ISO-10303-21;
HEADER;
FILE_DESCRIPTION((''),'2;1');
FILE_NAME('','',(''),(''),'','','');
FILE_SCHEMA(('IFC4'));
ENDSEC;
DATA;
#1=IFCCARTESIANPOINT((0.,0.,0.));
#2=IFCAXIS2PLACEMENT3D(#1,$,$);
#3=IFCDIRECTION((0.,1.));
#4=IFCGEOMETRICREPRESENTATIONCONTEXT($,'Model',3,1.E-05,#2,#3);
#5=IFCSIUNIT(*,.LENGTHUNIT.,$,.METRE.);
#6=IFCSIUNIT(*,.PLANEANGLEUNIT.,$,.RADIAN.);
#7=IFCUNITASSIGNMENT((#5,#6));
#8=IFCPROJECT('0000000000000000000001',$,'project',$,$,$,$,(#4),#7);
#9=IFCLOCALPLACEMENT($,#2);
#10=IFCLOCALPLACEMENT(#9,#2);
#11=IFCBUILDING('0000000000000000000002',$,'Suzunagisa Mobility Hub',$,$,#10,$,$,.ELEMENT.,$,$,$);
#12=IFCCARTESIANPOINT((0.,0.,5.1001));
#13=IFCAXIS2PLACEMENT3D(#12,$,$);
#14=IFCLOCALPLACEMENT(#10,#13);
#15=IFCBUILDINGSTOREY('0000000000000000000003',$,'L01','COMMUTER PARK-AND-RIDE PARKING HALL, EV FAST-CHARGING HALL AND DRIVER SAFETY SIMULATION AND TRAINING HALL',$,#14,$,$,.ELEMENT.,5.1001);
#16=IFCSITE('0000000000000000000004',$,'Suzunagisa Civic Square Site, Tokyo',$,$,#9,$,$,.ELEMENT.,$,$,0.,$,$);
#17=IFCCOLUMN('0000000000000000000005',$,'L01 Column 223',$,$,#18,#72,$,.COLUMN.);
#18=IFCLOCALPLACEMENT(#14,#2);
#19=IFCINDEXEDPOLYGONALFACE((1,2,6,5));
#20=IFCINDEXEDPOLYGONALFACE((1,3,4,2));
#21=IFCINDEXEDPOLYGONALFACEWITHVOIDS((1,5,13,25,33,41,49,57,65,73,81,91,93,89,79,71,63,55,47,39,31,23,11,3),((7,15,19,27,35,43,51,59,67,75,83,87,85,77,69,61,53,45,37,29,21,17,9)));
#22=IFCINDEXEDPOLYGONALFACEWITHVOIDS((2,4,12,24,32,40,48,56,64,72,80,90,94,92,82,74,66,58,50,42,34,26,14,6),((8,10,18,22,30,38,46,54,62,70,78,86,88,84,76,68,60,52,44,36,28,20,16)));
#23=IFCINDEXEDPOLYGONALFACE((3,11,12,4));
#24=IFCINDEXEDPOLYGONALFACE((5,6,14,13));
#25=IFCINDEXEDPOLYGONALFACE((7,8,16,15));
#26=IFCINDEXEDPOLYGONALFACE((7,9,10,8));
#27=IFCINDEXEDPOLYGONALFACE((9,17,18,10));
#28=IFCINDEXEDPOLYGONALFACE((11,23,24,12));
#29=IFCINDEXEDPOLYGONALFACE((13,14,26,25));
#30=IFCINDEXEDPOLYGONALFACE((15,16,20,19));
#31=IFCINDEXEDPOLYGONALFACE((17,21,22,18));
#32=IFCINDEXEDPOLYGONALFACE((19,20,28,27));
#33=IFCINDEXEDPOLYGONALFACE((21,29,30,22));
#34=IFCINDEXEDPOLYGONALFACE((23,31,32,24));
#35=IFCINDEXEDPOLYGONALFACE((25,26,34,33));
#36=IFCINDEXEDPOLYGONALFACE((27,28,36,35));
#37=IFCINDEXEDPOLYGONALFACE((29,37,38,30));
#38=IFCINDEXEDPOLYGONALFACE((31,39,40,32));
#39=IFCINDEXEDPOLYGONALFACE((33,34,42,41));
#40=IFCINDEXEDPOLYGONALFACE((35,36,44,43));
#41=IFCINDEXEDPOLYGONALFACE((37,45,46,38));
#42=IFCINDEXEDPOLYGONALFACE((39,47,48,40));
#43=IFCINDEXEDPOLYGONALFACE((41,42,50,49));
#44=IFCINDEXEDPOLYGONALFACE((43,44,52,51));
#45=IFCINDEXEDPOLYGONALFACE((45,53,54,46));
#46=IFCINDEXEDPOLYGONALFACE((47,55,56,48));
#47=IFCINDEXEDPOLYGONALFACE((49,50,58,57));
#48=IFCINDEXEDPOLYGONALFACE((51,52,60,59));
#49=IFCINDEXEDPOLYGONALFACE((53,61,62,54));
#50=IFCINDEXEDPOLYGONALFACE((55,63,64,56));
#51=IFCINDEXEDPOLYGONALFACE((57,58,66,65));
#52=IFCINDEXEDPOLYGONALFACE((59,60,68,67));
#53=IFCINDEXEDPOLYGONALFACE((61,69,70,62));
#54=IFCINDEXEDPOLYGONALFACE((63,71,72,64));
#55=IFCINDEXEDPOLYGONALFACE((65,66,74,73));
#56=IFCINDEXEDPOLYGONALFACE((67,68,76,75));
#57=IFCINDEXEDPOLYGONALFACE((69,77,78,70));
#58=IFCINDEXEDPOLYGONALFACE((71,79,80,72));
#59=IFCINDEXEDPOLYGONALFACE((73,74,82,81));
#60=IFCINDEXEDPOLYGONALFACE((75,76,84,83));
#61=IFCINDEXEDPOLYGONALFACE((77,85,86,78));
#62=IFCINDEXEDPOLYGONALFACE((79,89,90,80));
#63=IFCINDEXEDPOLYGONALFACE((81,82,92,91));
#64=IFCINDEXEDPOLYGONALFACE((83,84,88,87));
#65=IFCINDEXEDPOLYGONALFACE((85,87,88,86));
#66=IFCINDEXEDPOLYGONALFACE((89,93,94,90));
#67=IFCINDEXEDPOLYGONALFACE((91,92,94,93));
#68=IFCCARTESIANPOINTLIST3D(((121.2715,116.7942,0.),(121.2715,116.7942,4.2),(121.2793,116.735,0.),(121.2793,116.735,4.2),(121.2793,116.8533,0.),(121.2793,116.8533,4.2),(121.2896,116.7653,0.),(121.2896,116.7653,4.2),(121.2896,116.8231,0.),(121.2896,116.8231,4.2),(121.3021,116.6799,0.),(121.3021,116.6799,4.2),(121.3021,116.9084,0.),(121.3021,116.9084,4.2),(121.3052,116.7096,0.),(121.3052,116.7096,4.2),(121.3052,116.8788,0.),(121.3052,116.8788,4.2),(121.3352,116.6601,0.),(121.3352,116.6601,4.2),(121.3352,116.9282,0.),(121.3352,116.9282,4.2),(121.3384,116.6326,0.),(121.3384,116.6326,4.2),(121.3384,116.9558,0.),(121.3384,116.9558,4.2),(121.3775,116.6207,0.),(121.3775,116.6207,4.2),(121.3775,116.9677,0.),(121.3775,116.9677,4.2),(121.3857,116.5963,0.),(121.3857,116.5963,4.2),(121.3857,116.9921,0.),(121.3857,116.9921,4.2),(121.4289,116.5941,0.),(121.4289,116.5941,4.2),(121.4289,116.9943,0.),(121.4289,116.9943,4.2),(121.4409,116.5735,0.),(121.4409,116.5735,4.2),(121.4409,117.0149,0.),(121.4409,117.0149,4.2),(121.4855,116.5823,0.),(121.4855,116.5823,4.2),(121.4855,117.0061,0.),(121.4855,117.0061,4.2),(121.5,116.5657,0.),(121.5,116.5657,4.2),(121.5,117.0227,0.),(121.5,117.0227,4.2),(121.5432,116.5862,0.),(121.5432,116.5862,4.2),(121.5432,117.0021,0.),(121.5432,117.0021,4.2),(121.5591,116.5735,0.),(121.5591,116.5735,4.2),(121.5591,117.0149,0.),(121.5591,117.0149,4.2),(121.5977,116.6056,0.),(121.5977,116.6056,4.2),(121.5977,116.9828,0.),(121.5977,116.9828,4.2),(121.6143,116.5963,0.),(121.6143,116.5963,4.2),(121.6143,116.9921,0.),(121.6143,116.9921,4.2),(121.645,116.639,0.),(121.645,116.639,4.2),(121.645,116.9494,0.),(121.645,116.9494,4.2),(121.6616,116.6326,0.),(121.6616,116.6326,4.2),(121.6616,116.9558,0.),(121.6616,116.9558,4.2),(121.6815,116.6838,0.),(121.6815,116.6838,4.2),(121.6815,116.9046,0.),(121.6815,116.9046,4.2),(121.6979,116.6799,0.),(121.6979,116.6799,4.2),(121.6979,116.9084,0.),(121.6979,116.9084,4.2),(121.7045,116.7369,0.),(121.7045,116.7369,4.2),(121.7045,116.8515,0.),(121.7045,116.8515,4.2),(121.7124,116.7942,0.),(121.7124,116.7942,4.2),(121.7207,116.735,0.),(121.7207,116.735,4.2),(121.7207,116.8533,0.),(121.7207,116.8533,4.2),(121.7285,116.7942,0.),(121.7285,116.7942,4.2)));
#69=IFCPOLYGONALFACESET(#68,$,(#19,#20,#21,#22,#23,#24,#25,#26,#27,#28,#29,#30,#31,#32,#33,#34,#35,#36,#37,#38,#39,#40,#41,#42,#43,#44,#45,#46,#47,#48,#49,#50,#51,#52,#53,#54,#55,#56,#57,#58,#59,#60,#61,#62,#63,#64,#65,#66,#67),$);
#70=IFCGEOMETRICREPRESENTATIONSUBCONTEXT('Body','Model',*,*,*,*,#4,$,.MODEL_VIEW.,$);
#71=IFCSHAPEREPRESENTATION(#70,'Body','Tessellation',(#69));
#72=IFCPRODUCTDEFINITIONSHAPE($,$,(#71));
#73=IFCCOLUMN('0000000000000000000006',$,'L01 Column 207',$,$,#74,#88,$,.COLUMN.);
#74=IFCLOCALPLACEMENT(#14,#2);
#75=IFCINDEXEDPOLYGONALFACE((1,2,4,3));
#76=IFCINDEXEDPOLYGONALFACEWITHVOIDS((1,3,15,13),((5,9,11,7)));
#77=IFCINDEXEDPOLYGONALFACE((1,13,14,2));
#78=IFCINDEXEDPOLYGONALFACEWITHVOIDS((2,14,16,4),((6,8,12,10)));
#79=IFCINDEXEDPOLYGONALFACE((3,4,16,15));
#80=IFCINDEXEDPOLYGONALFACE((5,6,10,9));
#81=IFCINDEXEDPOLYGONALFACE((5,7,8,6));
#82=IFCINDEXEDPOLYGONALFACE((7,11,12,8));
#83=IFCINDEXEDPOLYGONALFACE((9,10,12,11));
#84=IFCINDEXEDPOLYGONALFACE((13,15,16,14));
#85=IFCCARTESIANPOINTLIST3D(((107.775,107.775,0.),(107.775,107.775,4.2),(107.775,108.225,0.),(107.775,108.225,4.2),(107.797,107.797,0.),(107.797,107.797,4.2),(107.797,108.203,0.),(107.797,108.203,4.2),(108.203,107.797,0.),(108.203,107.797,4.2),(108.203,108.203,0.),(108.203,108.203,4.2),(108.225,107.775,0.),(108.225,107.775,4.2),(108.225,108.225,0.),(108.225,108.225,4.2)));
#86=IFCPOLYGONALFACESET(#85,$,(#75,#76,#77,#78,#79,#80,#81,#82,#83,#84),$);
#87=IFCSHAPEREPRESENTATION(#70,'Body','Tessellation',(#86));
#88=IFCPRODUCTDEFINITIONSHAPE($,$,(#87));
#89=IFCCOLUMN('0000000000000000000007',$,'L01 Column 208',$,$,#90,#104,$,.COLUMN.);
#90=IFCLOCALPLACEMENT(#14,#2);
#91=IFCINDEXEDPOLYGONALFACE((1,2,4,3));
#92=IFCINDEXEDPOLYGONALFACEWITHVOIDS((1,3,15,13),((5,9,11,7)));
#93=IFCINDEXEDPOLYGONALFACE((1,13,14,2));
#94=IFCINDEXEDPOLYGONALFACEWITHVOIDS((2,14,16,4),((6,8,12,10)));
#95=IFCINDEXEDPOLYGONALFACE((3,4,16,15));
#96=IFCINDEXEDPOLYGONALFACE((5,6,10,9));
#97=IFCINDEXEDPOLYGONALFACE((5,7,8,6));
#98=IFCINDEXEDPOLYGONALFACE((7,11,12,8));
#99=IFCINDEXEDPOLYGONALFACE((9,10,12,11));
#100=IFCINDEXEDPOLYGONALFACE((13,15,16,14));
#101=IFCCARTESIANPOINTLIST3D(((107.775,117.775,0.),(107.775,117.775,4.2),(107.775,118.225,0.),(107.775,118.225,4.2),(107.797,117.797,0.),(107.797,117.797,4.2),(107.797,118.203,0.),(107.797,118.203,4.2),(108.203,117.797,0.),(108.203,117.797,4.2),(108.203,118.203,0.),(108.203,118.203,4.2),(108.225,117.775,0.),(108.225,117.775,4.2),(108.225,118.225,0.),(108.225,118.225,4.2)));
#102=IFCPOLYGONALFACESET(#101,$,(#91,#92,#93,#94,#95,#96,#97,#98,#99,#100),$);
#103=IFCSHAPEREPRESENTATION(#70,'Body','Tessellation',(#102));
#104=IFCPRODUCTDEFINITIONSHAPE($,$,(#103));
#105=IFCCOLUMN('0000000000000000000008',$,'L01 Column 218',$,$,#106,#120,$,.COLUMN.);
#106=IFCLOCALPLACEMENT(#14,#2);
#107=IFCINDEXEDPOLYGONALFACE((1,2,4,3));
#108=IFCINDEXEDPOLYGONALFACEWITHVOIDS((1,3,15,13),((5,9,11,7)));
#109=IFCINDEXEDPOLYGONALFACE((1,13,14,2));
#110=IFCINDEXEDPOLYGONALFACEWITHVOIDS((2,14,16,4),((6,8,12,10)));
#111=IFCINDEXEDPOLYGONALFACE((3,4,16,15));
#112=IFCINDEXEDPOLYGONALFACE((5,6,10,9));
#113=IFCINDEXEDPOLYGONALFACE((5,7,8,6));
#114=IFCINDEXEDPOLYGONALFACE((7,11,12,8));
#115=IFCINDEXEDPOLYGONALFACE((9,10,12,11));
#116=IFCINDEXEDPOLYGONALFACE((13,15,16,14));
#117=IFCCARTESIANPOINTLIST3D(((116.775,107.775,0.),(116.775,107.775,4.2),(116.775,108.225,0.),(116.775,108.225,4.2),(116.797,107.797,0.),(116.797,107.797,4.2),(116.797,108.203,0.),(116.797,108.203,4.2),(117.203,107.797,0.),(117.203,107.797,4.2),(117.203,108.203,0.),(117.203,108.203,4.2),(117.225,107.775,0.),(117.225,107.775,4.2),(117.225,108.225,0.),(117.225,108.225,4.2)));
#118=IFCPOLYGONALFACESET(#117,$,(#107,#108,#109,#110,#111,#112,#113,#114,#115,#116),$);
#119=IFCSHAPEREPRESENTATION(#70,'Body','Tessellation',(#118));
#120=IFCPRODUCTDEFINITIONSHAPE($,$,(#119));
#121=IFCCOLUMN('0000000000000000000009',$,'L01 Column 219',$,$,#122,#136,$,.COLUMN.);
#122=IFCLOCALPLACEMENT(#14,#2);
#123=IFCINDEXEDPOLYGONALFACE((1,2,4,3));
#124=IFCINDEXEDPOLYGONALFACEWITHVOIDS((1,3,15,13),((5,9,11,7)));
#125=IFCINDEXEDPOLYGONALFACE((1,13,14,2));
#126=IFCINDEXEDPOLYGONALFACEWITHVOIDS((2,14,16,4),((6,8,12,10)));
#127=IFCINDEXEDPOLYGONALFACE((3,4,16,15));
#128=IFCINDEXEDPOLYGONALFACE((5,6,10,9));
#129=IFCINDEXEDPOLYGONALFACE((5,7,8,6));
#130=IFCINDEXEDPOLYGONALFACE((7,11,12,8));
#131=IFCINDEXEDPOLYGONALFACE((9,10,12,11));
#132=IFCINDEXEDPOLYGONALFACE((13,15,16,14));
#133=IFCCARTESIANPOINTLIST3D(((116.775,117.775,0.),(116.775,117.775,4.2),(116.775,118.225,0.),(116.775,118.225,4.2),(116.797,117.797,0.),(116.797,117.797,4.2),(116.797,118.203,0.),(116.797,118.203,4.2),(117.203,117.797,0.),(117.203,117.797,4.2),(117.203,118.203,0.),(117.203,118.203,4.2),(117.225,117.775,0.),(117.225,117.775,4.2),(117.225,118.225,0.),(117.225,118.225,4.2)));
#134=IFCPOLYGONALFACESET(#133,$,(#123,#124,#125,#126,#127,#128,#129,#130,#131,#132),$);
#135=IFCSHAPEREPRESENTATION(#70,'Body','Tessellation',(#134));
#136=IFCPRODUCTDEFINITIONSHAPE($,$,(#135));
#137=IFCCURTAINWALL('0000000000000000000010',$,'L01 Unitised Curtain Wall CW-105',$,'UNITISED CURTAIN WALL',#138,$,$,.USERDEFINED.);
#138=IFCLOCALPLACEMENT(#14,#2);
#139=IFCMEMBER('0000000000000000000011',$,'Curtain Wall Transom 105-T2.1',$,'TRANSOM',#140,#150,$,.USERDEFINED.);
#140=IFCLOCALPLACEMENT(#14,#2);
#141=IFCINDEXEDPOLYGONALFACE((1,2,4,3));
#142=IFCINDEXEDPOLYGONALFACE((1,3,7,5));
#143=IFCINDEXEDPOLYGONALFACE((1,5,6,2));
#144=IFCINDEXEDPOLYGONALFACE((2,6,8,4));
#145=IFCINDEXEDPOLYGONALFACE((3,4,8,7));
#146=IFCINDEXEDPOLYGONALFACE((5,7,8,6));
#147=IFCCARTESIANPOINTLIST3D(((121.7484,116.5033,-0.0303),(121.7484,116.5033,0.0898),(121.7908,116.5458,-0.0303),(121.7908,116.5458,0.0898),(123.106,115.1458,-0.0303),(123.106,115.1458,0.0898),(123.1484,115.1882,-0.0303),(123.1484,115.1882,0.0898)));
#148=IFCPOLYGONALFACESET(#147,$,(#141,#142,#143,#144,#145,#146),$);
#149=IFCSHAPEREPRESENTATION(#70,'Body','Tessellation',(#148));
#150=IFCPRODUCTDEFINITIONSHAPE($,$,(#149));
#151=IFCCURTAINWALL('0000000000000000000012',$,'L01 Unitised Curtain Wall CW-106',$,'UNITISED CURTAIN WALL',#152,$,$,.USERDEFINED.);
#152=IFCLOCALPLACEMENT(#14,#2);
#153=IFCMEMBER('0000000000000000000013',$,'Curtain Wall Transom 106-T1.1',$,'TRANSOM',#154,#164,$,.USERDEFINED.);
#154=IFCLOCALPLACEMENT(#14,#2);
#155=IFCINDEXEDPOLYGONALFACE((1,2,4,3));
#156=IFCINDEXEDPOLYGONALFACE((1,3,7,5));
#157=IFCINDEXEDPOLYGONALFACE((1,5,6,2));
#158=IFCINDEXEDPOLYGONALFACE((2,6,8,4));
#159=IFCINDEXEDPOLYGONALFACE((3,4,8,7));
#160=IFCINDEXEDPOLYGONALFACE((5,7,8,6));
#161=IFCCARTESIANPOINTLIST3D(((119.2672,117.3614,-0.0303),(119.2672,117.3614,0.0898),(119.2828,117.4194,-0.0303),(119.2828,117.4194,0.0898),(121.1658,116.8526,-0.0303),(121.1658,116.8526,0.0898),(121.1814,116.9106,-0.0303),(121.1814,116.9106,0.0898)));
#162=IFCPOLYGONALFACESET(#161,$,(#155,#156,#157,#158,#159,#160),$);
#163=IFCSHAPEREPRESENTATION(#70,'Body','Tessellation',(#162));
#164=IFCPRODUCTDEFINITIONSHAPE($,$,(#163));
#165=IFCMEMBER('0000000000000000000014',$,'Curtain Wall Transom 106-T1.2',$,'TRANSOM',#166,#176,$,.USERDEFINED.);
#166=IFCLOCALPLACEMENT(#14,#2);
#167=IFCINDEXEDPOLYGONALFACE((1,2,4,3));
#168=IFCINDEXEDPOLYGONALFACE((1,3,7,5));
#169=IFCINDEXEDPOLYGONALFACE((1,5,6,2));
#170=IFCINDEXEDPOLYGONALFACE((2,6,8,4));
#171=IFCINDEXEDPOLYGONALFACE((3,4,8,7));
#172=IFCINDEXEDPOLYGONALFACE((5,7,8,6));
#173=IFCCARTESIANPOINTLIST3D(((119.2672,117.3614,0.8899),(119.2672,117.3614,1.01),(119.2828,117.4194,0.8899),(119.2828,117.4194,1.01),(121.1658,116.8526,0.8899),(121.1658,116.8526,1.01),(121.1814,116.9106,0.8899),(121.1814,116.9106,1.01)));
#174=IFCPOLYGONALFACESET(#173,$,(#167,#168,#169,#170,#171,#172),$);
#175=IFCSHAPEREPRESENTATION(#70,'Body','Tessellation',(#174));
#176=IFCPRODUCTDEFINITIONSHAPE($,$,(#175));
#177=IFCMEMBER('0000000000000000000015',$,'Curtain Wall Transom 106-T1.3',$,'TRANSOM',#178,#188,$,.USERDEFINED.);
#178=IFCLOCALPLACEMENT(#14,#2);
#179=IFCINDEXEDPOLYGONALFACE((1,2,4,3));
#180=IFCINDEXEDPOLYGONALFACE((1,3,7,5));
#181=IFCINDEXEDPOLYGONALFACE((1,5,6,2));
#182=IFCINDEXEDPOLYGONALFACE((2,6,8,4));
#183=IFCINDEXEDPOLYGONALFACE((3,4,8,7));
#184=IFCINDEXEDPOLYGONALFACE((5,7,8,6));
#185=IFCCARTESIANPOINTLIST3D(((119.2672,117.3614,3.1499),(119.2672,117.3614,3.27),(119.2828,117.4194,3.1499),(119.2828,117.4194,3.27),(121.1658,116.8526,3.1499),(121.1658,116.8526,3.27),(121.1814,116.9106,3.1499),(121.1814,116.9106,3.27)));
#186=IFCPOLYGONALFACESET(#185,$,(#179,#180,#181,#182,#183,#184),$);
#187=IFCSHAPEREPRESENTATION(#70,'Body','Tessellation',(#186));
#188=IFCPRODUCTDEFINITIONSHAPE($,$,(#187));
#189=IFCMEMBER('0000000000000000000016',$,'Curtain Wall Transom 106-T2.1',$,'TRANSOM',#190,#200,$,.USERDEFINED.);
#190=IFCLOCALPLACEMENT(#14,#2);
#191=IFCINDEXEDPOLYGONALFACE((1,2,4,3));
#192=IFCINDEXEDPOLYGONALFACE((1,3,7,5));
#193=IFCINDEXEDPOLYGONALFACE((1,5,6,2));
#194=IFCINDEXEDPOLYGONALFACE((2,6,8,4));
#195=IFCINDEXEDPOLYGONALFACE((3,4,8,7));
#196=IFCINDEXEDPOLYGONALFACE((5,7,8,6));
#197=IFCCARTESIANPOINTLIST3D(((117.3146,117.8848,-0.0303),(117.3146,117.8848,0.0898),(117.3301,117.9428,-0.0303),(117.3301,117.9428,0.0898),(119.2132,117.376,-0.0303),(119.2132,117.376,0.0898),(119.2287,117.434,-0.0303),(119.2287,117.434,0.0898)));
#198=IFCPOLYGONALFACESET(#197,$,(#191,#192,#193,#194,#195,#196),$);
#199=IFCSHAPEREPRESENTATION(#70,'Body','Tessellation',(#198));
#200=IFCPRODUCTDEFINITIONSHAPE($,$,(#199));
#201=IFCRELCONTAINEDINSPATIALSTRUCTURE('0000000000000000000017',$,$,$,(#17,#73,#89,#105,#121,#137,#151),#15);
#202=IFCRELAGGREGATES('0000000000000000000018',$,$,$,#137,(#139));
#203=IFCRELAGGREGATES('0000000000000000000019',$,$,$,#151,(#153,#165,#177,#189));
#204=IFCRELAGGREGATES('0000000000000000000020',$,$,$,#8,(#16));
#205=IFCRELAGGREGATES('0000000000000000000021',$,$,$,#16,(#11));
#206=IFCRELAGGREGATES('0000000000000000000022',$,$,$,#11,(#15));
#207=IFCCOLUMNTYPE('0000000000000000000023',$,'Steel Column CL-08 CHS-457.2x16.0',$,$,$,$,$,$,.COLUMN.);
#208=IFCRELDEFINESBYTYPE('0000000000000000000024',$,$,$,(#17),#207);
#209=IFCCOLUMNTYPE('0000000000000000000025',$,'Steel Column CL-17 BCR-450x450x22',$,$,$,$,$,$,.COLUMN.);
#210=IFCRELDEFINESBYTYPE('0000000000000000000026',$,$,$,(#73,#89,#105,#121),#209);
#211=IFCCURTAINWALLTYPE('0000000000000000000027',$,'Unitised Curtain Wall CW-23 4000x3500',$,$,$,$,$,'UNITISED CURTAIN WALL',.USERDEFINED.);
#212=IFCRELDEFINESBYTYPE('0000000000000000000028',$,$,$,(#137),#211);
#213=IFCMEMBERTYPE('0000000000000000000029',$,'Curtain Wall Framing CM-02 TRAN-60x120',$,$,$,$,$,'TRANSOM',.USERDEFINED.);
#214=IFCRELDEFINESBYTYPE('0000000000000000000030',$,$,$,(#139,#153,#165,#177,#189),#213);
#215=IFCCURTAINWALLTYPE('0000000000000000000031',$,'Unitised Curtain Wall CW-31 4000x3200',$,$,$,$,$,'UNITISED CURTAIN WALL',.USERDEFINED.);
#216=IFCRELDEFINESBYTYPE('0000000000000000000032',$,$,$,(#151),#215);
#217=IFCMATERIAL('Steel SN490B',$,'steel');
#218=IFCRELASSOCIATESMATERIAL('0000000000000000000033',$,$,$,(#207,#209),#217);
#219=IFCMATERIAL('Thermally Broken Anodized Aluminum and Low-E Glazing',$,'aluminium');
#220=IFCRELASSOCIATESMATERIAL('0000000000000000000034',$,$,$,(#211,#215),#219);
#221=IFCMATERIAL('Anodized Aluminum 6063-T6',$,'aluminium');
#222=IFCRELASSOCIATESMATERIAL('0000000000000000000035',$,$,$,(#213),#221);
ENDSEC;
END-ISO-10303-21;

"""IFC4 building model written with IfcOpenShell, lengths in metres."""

from ifc_helpers import new_model, si_unit, direction, frame, origin, origin_2d, place, context, subcontext, project, spatial, rectangle, hollow_rectangle, hollow_circle, extrude, material, material_profile, profile_set, type_object, element, aggregate, save


model = new_model("IFC4")

# Units and contexts
model_context = context("Model", 3, precision=1e-05, world=origin(), true_north=direction((0.0, 1.0)))
body_context = subcontext(model_context, "Body", "Model", "MODEL_VIEW")
ifc_project = project(units=[si_unit("LENGTHUNIT", "METRE"), si_unit("PLANEANGLEUNIT", "RADIAN")], contexts=[model_context])

# Site, building, storey
site_placement = place(None, origin())
site = spatial("IfcSite", under=ifc_project, at=site_placement, Name="Suzunagisa Civic Square Site, Tokyo", CompositionType="ELEMENT", RefElevation=0.0)
building_placement = place(site_placement, origin())
building = spatial("IfcBuilding", under=site, at=building_placement, Name="Suzunagisa Mobility Hub", CompositionType="ELEMENT")
storey_placement = place(building_placement, frame((0.0, 0.0, 5.1001)))
storey = spatial("IfcBuildingStorey", under=building, at=storey_placement, Name="L01", Description="COMMUTER PARK-AND-RIDE PARKING HALL, EV FAST-CHARGING HALL AND DRIVER SAFETY SIMULATION AND TRAINING HALL", CompositionType="ELEMENT", Elevation=5.1001)

# Columns
ifc_material_1 = material(Name="Steel SN490B", Category="steel")
ifc_material_profile_1 = material_profile(ifc_material_1, hollow_circle(Radius=0.2285, WallThickness=0.0161, at=origin_2d()), Name="CHS-457.2x16.0")
ifc_profile_set_1 = profile_set([ifc_material_profile_1], Name="Steel SN490B")
column_type_1 = type_object("IfcColumnType", Name="Steel Column CL-08 CHS-457.2x16.0", PredefinedType="COLUMN", material=ifc_profile_set_1)
column_placement = place(storey_placement, frame((121.5, 116.7942, 0.0), z_axis=(0.0, 0.0, 1.0), x_axis=(1.0, 0.0, 0.0)))
element("IfcColumn", 1, at=column_placement, inside=storey, type_object=column_type_1, Name="L01 Column 223", PredefinedType="COLUMN", context=body_context, shape_type="SweptSolid", body=[
    extrude(hollow_circle(Radius=0.2285, WallThickness=0.0161, at=origin_2d()), origin(), (0.0, 0.0, 1.0), 4.2),
])
ifc_material_profile_2 = material_profile(ifc_material_1, hollow_rectangle(XDim=0.45, YDim=0.45, WallThickness=0.022, at=origin_2d()), Name="BCR-450x450x22")
ifc_profile_set_2 = profile_set([ifc_material_profile_2], Name="Steel SN490B")
column_type_2 = type_object("IfcColumnType", Name="Steel Column CL-17 BCR-450x450x22", PredefinedType="COLUMN", material=ifc_profile_set_2)
for number, where, z_axis, x_axis, name in (
    (2, (108.0, 108.0, 0.0), (0.0, 0.0, 1.0), (1.0, 0.0, 0.0), "L01 Column 207"),
    (3, (108.0, 118.0, 0.0), (0.0, 0.0, 1.0), (1.0, 0.0, 0.0), "L01 Column 208"),
    (4, (117.0, 108.0, 0.0), (0.0, 0.0, 1.0), (1.0, 0.0, 0.0), "L01 Column 218"),
    (5, (117.0, 118.0, 0.0), (0.0, 0.0, 1.0), (1.0, 0.0, 0.0), "L01 Column 219"),
):
    element("IfcColumn", number, at=place(storey_placement, frame(where, z_axis=z_axis, x_axis=x_axis)), inside=storey, type_object=column_type_2, Name=name, PredefinedType="COLUMN", context=body_context, shape_type="SweptSolid", body=[
        extrude(hollow_rectangle(XDim=0.45, YDim=0.45, WallThickness=0.022, at=origin_2d()), origin(), (0.0, 0.0, 1.0), 4.2),
    ])

# Curtain wall, member
ifc_material_2 = material(Name="Thermally Broken Anodized Aluminum and Low-E Glazing", Category="aluminium")
curtain_wall_type_1 = type_object("IfcCurtainWallType", Name="Unitised Curtain Wall CW-23 4000x3500", ElementType="UNITISED CURTAIN WALL", PredefinedType="USERDEFINED", material=ifc_material_2)
curtain_wall_1_placement = place(storey_placement, origin())
curtain_wall_1 = element("IfcCurtainWall", 6, at=curtain_wall_1_placement, inside=storey, type_object=curtain_wall_type_1, Name="L01 Unitised Curtain Wall CW-105", ObjectType="UNITISED CURTAIN WALL", PredefinedType="USERDEFINED")
ifc_material_3 = material(Name="Anodized Aluminum 6063-T6", Category="aluminium")
ifc_material_profile_3 = material_profile(ifc_material_3, rectangle(XDim=0.0601, YDim=0.1201, at=origin_2d()), Name="TRAN-60x120")
ifc_profile_set_3 = profile_set([ifc_material_profile_3], Name="Anodized Aluminum 6063-T6")
member_type_1 = type_object("IfcMemberType", Name="Curtain Wall Framing CM-02 TRAN-60x120", ElementType="TRANSOM", PredefinedType="USERDEFINED", material=ifc_profile_set_3)
member_1_placement = place(storey_placement, frame((123.1272, 115.167, 0.0298), z_axis=(-0.707107, 0.707107, 0.0), x_axis=(-0.707107, -0.707107, 0.0)))
member_1 = element("IfcMember", 7, at=member_1_placement, type_object=member_type_1, Name="Curtain Wall Transom 105-T2.1", ObjectType="TRANSOM", PredefinedType="USERDEFINED", context=body_context, shape_type="SweptSolid", body=[
    extrude(rectangle(XDim=0.0601, YDim=0.1201, at=origin_2d()), origin(), (0.0, 0.0, 1.0), 1.9199),
])

# Curtain wall, members
curtain_wall_type_2 = type_object("IfcCurtainWallType", Name="Unitised Curtain Wall CW-31 4000x3200", ElementType="UNITISED CURTAIN WALL", PredefinedType="USERDEFINED", material=ifc_material_2)
curtain_wall_2_placement = place(storey_placement, origin())
curtain_wall_2 = element("IfcCurtainWall", 8, at=curtain_wall_2_placement, inside=storey, type_object=curtain_wall_type_2, Name="L01 Unitised Curtain Wall CW-106", ObjectType="UNITISED CURTAIN WALL", PredefinedType="USERDEFINED")
member_2_placement = place(storey_placement, frame((121.1736, 116.8816, 0.0298), z_axis=(-0.965921, 0.258837, 0.0), x_axis=(-0.258837, -0.965921, 0.0)))
member_2 = element("IfcMember", 9, at=member_2_placement, type_object=member_type_1, Name="Curtain Wall Transom 106-T1.1", ObjectType="TRANSOM", PredefinedType="USERDEFINED", context=body_context, shape_type="SweptSolid", body=[
    extrude(rectangle(XDim=0.0601, YDim=0.1201, at=origin_2d()), origin(), (0.0, 0.0, 1.0), 1.9656),
])
member_3_placement = place(storey_placement, frame((121.1736, 116.8816, 0.95), z_axis=(-0.965921, 0.258837, 0.0), x_axis=(-0.258837, -0.965921, 0.0)))
member_3 = element("IfcMember", 10, at=member_3_placement, type_object=member_type_1, Name="Curtain Wall Transom 106-T1.2", ObjectType="TRANSOM", PredefinedType="USERDEFINED", context=body_context, shape_type="SweptSolid", body=[
    extrude(rectangle(XDim=0.0601, YDim=0.1201, at=origin_2d()), origin(), (0.0, 0.0, 1.0), 1.9656),
])
member_4_placement = place(storey_placement, frame((121.1736, 116.8816, 3.21), z_axis=(-0.965921, 0.258837, 0.0), x_axis=(-0.258837, -0.965921, 0.0)))
member_4 = element("IfcMember", 11, at=member_4_placement, type_object=member_type_1, Name="Curtain Wall Transom 106-T1.3", ObjectType="TRANSOM", PredefinedType="USERDEFINED", context=body_context, shape_type="SweptSolid", body=[
    extrude(rectangle(XDim=0.0601, YDim=0.1201, at=origin_2d()), origin(), (0.0, 0.0, 1.0), 1.9656),
])
member_5_placement = place(storey_placement, frame((119.2209, 117.405, 0.0298), z_axis=(-0.965921, 0.258837, 0.0), x_axis=(-0.258837, -0.965921, 0.0)))
member_5 = element("IfcMember", 12, at=member_5_placement, type_object=member_type_1, Name="Curtain Wall Transom 106-T2.1", ObjectType="TRANSOM", PredefinedType="USERDEFINED", context=body_context, shape_type="SweptSolid", body=[
    extrude(rectangle(XDim=0.0601, YDim=0.1201, at=origin_2d()), origin(), (0.0, 0.0, 1.0), 1.9656),
])

aggregate(curtain_wall_1, [member_1])
aggregate(curtain_wall_2, [member_2, member_3, member_4, member_5])

save(model, "model.ifc")
